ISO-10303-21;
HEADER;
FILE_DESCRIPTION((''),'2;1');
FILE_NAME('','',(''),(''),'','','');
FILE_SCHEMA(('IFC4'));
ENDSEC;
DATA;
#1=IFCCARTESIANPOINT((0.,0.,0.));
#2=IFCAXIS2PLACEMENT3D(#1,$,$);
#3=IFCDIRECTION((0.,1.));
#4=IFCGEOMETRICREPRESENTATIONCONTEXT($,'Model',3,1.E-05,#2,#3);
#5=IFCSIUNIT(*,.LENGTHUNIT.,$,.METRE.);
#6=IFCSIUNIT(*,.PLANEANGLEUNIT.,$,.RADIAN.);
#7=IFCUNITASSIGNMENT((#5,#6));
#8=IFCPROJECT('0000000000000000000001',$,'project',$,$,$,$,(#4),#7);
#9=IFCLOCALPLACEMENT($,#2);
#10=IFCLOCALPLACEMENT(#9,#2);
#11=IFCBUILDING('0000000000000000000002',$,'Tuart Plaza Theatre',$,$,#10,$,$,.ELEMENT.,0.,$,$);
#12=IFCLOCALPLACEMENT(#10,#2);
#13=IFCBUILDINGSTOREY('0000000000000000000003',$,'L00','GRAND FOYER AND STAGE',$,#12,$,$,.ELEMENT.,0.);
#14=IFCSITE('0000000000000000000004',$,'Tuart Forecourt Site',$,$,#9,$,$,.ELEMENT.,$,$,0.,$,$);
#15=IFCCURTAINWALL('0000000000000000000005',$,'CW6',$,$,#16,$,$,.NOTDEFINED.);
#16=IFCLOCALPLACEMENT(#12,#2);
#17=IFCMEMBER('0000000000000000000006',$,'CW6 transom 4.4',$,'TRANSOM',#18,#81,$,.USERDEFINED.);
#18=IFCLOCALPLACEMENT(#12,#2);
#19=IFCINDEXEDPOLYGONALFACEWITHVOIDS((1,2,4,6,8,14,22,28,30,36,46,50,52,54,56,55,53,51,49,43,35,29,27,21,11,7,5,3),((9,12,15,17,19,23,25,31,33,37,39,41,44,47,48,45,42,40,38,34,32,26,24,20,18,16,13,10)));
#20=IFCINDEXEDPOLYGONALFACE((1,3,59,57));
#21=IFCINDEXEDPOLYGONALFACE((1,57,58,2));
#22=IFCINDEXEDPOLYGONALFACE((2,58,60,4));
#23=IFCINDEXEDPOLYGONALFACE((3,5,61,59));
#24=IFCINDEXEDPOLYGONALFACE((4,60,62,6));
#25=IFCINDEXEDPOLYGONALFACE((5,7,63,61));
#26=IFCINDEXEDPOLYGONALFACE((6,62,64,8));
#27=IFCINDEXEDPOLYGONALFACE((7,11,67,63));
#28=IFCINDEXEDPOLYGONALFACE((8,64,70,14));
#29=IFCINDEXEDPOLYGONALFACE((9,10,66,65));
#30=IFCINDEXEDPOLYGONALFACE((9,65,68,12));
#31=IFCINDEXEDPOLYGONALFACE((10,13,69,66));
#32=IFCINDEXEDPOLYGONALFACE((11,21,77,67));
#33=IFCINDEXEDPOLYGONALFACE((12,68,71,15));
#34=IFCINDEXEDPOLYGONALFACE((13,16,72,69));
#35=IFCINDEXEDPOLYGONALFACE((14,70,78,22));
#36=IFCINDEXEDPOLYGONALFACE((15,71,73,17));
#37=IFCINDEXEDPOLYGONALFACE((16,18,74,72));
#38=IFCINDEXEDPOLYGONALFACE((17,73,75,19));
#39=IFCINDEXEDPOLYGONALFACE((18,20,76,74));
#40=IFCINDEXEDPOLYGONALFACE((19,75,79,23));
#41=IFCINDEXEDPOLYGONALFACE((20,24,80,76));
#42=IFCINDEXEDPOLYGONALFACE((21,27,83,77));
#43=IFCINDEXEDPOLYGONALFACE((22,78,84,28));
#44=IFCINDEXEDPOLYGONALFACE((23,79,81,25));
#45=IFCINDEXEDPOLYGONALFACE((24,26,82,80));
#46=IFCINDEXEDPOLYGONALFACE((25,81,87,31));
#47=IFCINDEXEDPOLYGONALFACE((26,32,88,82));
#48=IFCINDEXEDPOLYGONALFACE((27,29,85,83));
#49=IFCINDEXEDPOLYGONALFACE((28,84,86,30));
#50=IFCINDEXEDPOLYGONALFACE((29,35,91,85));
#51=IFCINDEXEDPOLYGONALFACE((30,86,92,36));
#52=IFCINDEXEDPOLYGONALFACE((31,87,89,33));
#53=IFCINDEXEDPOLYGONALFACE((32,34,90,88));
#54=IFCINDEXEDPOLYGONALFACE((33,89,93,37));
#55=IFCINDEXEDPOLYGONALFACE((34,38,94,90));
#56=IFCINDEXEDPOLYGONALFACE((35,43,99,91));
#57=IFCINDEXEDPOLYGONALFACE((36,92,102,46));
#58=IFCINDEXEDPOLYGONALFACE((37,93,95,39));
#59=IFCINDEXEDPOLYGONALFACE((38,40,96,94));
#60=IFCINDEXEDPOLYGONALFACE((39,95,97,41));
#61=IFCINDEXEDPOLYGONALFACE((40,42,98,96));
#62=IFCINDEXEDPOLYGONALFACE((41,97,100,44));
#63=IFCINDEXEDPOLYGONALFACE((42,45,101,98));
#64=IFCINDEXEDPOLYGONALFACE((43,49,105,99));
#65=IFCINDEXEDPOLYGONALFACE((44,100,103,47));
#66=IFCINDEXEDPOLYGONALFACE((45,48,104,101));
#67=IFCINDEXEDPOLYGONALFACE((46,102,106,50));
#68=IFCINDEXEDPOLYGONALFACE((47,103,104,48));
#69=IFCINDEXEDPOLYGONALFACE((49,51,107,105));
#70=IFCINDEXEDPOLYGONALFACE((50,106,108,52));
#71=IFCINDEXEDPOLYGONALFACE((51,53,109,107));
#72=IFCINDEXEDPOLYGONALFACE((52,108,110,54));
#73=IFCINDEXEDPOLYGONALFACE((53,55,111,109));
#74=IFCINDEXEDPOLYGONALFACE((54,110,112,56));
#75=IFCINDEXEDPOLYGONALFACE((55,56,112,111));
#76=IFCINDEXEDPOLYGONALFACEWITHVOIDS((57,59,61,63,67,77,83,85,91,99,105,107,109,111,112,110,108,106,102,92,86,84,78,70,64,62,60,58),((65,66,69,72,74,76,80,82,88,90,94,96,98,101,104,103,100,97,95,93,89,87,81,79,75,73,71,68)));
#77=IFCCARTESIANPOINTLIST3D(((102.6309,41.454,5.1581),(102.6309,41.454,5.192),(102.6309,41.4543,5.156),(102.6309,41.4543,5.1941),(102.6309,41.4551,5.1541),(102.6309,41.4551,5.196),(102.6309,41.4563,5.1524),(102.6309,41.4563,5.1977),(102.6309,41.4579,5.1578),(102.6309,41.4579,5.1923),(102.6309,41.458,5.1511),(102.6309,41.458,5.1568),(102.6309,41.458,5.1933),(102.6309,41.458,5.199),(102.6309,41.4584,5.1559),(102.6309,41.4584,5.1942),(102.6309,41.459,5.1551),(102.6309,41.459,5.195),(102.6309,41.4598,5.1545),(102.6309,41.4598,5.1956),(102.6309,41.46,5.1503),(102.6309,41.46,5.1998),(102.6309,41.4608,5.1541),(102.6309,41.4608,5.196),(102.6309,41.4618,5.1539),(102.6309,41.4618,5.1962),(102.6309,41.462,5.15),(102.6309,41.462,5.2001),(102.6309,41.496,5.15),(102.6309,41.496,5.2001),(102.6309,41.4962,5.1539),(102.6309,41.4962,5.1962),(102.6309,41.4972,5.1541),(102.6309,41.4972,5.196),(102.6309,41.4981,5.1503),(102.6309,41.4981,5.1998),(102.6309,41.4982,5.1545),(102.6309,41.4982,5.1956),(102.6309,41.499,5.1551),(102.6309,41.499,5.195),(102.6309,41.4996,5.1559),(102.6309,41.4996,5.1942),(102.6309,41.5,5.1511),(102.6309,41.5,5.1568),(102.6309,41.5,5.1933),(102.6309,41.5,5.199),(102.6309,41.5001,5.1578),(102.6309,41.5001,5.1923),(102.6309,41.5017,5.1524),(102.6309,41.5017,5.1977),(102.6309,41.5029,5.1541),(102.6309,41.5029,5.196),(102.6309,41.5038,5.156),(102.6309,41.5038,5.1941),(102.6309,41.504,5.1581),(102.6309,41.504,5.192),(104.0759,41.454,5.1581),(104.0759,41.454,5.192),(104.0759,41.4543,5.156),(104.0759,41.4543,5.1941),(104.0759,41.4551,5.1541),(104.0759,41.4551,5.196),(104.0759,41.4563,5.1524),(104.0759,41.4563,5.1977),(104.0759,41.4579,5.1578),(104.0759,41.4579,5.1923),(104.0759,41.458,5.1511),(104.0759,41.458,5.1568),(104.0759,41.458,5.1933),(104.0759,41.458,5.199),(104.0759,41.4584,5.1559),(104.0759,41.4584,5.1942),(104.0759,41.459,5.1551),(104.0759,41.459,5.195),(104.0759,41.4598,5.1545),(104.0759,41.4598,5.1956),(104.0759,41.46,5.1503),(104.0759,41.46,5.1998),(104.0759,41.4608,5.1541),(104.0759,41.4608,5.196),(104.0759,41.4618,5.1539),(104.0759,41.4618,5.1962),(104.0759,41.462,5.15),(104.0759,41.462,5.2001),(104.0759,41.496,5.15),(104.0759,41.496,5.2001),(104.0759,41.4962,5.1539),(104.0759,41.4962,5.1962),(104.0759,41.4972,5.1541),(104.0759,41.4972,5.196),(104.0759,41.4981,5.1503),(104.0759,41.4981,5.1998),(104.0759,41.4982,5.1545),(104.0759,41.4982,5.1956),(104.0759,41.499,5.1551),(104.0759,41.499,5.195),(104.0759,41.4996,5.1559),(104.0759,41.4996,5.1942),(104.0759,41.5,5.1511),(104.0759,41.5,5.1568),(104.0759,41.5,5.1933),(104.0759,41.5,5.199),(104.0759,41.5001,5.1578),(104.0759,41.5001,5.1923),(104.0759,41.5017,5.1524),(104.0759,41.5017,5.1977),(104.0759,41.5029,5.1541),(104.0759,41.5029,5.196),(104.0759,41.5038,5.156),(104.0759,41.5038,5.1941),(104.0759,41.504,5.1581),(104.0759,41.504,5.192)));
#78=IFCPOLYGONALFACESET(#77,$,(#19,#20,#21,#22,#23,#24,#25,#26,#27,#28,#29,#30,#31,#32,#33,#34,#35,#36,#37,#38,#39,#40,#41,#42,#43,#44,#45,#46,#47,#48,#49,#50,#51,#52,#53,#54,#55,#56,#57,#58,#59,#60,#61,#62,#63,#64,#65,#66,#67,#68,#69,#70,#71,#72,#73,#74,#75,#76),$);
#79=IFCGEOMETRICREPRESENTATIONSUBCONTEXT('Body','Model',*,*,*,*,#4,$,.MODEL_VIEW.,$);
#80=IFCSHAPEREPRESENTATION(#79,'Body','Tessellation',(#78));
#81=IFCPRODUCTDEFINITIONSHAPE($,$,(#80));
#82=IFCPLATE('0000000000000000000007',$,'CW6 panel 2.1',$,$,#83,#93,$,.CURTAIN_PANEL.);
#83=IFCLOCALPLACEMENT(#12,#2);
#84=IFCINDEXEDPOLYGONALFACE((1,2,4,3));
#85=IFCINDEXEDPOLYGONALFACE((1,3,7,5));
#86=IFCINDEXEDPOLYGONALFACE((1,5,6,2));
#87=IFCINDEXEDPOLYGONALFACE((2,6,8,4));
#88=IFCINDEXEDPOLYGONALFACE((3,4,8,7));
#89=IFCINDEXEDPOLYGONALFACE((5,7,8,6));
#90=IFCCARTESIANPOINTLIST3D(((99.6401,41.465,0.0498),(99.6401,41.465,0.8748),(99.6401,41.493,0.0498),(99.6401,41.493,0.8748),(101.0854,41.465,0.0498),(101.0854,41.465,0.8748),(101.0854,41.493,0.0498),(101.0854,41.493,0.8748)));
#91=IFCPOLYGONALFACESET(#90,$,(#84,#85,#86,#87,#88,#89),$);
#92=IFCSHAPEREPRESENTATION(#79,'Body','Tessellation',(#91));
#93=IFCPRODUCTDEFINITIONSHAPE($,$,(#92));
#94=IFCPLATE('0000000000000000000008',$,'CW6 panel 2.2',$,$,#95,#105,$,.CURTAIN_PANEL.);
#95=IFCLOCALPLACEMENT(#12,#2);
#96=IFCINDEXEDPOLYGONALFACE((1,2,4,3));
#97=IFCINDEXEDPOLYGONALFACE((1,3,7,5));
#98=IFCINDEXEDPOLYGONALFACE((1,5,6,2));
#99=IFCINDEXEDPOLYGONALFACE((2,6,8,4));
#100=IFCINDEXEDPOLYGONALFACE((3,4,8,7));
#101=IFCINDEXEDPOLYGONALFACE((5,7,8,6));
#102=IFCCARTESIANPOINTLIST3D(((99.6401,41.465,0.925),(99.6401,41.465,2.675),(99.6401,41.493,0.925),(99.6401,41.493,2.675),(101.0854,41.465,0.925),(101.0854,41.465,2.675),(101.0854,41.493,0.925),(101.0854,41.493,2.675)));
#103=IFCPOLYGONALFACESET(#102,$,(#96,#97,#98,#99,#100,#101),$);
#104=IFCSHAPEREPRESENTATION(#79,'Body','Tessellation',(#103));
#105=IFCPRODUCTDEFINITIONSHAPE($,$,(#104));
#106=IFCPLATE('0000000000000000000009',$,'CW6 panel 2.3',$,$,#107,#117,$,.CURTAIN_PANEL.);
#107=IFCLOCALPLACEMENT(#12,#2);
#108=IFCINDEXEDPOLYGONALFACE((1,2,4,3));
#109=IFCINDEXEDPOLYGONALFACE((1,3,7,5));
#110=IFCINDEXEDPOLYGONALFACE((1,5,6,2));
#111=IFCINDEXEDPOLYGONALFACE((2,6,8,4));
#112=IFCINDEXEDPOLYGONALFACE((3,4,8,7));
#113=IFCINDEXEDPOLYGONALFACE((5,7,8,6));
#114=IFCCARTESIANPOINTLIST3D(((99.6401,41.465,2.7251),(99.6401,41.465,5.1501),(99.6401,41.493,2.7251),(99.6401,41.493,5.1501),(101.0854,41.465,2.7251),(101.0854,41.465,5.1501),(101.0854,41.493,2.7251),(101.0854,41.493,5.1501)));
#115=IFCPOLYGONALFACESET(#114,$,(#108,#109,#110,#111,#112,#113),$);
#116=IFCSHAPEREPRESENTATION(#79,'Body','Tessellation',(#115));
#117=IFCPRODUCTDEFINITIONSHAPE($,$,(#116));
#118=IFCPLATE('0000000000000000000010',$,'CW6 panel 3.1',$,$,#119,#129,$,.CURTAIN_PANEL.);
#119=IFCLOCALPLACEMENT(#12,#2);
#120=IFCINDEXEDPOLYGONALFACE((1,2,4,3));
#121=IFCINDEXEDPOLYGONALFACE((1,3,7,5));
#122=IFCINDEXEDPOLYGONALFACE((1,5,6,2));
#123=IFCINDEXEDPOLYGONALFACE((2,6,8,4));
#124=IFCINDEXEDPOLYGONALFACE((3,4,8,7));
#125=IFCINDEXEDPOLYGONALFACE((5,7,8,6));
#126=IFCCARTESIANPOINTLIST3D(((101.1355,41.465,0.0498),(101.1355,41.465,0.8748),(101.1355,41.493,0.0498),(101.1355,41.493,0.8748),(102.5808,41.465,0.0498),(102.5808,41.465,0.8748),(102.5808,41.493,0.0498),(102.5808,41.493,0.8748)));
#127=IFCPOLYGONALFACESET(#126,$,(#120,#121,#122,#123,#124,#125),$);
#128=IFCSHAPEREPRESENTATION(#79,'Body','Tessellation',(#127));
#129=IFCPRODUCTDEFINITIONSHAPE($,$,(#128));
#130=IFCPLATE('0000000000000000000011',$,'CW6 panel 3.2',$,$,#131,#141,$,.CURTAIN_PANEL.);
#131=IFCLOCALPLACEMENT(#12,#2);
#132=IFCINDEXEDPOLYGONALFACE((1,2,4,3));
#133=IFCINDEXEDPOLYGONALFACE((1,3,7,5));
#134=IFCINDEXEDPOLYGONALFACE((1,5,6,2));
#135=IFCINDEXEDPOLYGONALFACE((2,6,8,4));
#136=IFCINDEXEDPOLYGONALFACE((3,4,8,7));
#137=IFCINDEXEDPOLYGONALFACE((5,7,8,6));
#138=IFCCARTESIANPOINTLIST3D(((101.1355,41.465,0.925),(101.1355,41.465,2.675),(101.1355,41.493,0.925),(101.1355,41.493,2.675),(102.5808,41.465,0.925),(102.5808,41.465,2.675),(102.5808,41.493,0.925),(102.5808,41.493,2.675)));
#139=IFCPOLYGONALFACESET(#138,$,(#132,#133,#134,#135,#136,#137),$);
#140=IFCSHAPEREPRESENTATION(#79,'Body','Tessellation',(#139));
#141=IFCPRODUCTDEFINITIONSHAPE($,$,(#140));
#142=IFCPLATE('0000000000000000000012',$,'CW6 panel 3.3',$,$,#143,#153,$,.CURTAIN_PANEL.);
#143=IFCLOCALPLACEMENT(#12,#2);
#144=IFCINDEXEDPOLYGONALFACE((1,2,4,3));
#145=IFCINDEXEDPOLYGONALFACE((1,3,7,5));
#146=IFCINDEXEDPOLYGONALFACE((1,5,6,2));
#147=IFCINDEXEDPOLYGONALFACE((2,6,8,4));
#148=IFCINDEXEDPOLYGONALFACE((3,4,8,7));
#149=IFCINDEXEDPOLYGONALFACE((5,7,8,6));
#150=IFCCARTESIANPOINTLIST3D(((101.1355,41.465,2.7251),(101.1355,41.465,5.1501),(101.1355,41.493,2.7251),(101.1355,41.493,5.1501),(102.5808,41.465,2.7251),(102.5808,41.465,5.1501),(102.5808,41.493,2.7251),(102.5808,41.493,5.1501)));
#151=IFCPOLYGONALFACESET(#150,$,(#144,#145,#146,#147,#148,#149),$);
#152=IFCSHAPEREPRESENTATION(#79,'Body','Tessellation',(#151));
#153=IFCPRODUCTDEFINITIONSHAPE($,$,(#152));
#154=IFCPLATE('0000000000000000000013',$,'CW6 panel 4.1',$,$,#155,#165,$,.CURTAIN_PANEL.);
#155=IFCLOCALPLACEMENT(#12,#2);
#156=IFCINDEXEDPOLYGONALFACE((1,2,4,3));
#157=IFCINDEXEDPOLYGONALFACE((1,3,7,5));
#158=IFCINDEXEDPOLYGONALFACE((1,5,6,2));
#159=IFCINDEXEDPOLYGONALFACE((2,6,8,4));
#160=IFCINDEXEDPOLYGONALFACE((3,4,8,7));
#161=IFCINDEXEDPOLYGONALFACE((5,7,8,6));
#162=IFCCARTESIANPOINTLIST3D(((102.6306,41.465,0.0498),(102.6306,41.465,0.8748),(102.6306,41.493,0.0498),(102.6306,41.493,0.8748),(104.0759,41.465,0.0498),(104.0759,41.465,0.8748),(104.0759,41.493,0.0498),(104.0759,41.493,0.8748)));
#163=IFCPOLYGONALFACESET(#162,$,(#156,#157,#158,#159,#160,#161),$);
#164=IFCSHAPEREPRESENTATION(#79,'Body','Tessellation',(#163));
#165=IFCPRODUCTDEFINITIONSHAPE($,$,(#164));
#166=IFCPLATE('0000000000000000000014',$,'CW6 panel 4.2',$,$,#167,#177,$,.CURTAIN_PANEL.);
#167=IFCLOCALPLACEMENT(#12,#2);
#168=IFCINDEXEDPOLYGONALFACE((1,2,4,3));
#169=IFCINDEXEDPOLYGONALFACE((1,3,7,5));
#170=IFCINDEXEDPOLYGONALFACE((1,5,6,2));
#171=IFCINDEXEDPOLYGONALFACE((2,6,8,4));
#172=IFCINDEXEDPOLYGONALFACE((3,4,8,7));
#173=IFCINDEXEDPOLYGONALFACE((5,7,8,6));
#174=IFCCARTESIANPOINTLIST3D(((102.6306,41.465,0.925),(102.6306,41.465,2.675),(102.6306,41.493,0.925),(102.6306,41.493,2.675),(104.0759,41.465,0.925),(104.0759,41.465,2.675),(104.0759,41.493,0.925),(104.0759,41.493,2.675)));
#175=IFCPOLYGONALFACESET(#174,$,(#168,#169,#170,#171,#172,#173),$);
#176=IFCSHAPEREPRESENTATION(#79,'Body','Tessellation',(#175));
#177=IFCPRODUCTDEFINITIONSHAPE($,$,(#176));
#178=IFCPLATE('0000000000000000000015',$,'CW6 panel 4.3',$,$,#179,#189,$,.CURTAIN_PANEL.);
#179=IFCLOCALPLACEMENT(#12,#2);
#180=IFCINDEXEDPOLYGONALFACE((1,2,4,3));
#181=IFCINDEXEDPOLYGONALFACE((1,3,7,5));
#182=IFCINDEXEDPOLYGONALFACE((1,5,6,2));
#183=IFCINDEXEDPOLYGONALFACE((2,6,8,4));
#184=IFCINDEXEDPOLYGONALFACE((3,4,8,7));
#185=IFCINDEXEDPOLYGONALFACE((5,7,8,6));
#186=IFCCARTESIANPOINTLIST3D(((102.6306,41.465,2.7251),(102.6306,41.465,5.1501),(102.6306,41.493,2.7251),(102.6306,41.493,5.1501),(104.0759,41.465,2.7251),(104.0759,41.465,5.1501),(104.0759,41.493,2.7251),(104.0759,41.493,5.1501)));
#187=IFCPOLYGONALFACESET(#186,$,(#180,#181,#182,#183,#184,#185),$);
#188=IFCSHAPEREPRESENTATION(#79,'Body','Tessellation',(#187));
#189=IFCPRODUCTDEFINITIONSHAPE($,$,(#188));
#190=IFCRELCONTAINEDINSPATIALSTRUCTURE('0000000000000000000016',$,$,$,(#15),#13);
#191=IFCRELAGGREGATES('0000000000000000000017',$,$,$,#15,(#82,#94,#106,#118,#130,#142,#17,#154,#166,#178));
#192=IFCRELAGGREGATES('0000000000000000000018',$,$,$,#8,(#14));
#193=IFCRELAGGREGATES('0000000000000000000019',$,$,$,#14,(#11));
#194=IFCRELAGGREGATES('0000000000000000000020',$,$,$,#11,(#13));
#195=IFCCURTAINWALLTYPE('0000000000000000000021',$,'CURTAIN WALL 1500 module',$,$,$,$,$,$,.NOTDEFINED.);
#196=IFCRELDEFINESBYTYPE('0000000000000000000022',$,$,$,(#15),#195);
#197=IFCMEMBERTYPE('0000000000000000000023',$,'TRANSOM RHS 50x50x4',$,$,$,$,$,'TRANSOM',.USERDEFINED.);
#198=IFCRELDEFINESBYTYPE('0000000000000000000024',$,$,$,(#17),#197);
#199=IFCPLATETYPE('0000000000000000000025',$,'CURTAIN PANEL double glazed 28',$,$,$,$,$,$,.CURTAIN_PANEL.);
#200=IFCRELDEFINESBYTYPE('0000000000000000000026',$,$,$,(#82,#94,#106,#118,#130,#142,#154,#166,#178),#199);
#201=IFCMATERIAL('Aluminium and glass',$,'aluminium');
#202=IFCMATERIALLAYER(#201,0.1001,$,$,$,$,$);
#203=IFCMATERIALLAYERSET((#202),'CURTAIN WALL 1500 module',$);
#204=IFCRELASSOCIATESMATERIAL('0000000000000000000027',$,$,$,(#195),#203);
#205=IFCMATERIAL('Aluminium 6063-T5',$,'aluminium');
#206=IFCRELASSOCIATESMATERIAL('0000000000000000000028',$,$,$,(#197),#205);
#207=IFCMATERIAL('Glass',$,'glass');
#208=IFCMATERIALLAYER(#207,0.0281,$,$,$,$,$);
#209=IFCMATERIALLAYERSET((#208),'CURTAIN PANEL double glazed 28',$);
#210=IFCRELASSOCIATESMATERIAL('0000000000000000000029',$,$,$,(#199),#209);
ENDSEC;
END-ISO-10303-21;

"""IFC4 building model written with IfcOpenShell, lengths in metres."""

from ifc_helpers import new_model, si_unit, direction, frame, origin, origin_2d, place, context, subcontext, project, spatial, rectangle, hollow_rectangle, extrude, material, layer, layer_set, material_profile, profile_set, type_object, element, aggregate, save


model = new_model("IFC4")

# Units and contexts
model_context = context("Model", 3, precision=1e-05, world=origin(), true_north=direction((0.0, 1.0)))
body_context = subcontext(model_context, "Body", "Model", "MODEL_VIEW")
ifc_project = project(units=[si_unit("LENGTHUNIT", "METRE"), si_unit("PLANEANGLEUNIT", "RADIAN")], contexts=[model_context])

# Site, building, storey
site_placement = place(None, origin())
site = spatial("IfcSite", under=ifc_project, at=site_placement, Name="Tuart Forecourt Site", CompositionType="ELEMENT", RefElevation=0.0)
building_placement = place(site_placement, origin())
building = spatial("IfcBuilding", under=site, at=building_placement, Name="Tuart Plaza Theatre", CompositionType="ELEMENT", ElevationOfRefHeight=0.0)
storey_placement = place(building_placement, origin())
storey = spatial("IfcBuildingStorey", under=building, at=storey_placement, Name="L00", Description="GRAND FOYER AND STAGE", CompositionType="ELEMENT", Elevation=0.0)

# Curtain wall, member, plates
ifc_material_1 = material(Name="Aluminium and glass", Category="aluminium")
ifc_layer_1 = layer(ifc_material_1, 0.1001)
ifc_layer_set_1 = layer_set([ifc_layer_1], Name="CURTAIN WALL 1500 module")
curtain_wall_type = type_object("IfcCurtainWallType", Name="CURTAIN WALL 1500 module", PredefinedType="NOTDEFINED", material=ifc_layer_set_1)
curtain_wall_placement = place(storey_placement, origin())
curtain_wall = element("IfcCurtainWall", 1, at=curtain_wall_placement, inside=storey, type_object=curtain_wall_type, Name="CW6", PredefinedType="NOTDEFINED")
ifc_material_2 = material(Name="Aluminium 6063-T5", Category="aluminium")
ifc_material_profile_1 = material_profile(ifc_material_2, hollow_rectangle(XDim=0.05, YDim=0.05, WallThickness=0.0039, InnerFilletRadius=0.0039, OuterFilletRadius=0.0081, at=origin_2d()), Name="RHS 50x50x4")
ifc_profile_set_1 = profile_set([ifc_material_profile_1], Name="Aluminium 6063-T5")
member_type_1 = type_object("IfcMemberType", Name="TRANSOM RHS 50x50x4", ElementType="TRANSOM", PredefinedType="USERDEFINED", material=ifc_profile_set_1)
member_1_placement = place(storey_placement, frame((102.6309, 41.479, 5.175), z_axis=(1.0, 0.0, 0.0), x_axis=(0.0, 1.0, 0.0)))
member_1 = element("IfcMember", 2, at=member_1_placement, type_object=member_type_1, Name="CW6 transom 4.4", ObjectType="TRANSOM", PredefinedType="USERDEFINED", context=body_context, shape_type="SweptSolid", body=[
    extrude(hollow_rectangle(XDim=0.05, YDim=0.05, WallThickness=0.0039, InnerFilletRadius=0.0039, OuterFilletRadius=0.0081, at=origin_2d()), origin(), (0.0, 0.0, 1.0), 1.4451),
])
ifc_material_3 = material(Name="Glass", Category="glass")
ifc_layer_2 = layer(ifc_material_3, 0.0281)
ifc_layer_set_2 = layer_set([ifc_layer_2], Name="CURTAIN PANEL double glazed 28")
plate_type = type_object("IfcPlateType", Name="CURTAIN PANEL double glazed 28", PredefinedType="CURTAIN_PANEL", material=ifc_layer_set_2)
plate_1_placement = place(storey_placement, frame((100.3628, 41.479, 0.0498), z_axis=(0.0, 0.0, 1.0), x_axis=(1.0, 0.0, 0.0)))
plate_1 = element("IfcPlate", 3, at=plate_1_placement, type_object=plate_type, Name="CW6 panel 2.1", PredefinedType="CURTAIN_PANEL", context=body_context, shape_type="SweptSolid", body=[
    extrude(rectangle(XDim=1.4453, YDim=0.0281, at=origin_2d()), origin(), (0.0, 0.0, 1.0), 0.825),
])
plate_2_placement = place(storey_placement, frame((100.3628, 41.479, 0.925), z_axis=(0.0, 0.0, 1.0), x_axis=(1.0, 0.0, 0.0)))
plate_2 = element("IfcPlate", 4, at=plate_2_placement, type_object=plate_type, Name="CW6 panel 2.2", PredefinedType="CURTAIN_PANEL", context=body_context, shape_type="SweptSolid", body=[
    extrude(rectangle(XDim=1.4453, YDim=0.0281, at=origin_2d()), origin(), (0.0, 0.0, 1.0), 1.75),
])
plate_3_placement = place(storey_placement, frame((100.3628, 41.479, 2.7251), z_axis=(0.0, 0.0, 1.0), x_axis=(1.0, 0.0, 0.0)))
plate_3 = element("IfcPlate", 5, at=plate_3_placement, type_object=plate_type, Name="CW6 panel 2.3", PredefinedType="CURTAIN_PANEL", context=body_context, shape_type="SweptSolid", body=[
    extrude(rectangle(XDim=1.4453, YDim=0.0281, at=origin_2d()), origin(), (0.0, 0.0, 1.0), 2.425),
])
plate_4_placement = place(storey_placement, frame((101.8582, 41.479, 0.0498), z_axis=(0.0, 0.0, 1.0), x_axis=(1.0, 0.0, 0.0)))
plate_4 = element("IfcPlate", 6, at=plate_4_placement, type_object=plate_type, Name="CW6 panel 3.1", PredefinedType="CURTAIN_PANEL", context=body_context, shape_type="SweptSolid", body=[
    extrude(rectangle(XDim=1.4453, YDim=0.0281, at=origin_2d()), origin(), (0.0, 0.0, 1.0), 0.825),
])
plate_5_placement = place(storey_placement, frame((101.8582, 41.479, 0.925), z_axis=(0.0, 0.0, 1.0), x_axis=(1.0, 0.0, 0.0)))
plate_5 = element("IfcPlate", 7, at=plate_5_placement, type_object=plate_type, Name="CW6 panel 3.2", PredefinedType="CURTAIN_PANEL", context=body_context, shape_type="SweptSolid", body=[
    extrude(rectangle(XDim=1.4453, YDim=0.0281, at=origin_2d()), origin(), (0.0, 0.0, 1.0), 1.75),
])
plate_6_placement = place(storey_placement, frame((101.8582, 41.479, 2.7251), z_axis=(0.0, 0.0, 1.0), x_axis=(1.0, 0.0, 0.0)))
plate_6 = element("IfcPlate", 8, at=plate_6_placement, type_object=plate_type, Name="CW6 panel 3.3", PredefinedType="CURTAIN_PANEL", context=body_context, shape_type="SweptSolid", body=[
    extrude(rectangle(XDim=1.4453, YDim=0.0281, at=origin_2d()), origin(), (0.0, 0.0, 1.0), 2.425),
])
plate_7_placement = place(storey_placement, frame((103.3533, 41.479, 0.0498), z_axis=(0.0, 0.0, 1.0), x_axis=(1.0, 0.0, 0.0)))
plate_7 = element("IfcPlate", 9, at=plate_7_placement, type_object=plate_type, Name="CW6 panel 4.1", PredefinedType="CURTAIN_PANEL", context=body_context, shape_type="SweptSolid", body=[
    extrude(rectangle(XDim=1.4453, YDim=0.0281, at=origin_2d()), origin(), (0.0, 0.0, 1.0), 0.825),
])
plate_8_placement = place(storey_placement, frame((103.3533, 41.479, 0.925), z_axis=(0.0, 0.0, 1.0), x_axis=(1.0, 0.0, 0.0)))
plate_8 = element("IfcPlate", 10, at=plate_8_placement, type_object=plate_type, Name="CW6 panel 4.2", PredefinedType="CURTAIN_PANEL", context=body_context, shape_type="SweptSolid", body=[
    extrude(rectangle(XDim=1.4453, YDim=0.0281, at=origin_2d()), origin(), (0.0, 0.0, 1.0), 1.75),
])
plate_9_placement = place(storey_placement, frame((103.3533, 41.479, 2.7251), z_axis=(0.0, 0.0, 1.0), x_axis=(1.0, 0.0, 0.0)))
plate_9 = element("IfcPlate", 11, at=plate_9_placement, type_object=plate_type, Name="CW6 panel 4.3", PredefinedType="CURTAIN_PANEL", context=body_context, shape_type="SweptSolid", body=[
    extrude(rectangle(XDim=1.4453, YDim=0.0281, at=origin_2d()), origin(), (0.0, 0.0, 1.0), 2.425),
])
aggregate(curtain_wall, [plate_1, plate_2, plate_3, plate_4, plate_5, plate_6, member_1, plate_7, plate_8, plate_9])

save(model, "model.ifc")
